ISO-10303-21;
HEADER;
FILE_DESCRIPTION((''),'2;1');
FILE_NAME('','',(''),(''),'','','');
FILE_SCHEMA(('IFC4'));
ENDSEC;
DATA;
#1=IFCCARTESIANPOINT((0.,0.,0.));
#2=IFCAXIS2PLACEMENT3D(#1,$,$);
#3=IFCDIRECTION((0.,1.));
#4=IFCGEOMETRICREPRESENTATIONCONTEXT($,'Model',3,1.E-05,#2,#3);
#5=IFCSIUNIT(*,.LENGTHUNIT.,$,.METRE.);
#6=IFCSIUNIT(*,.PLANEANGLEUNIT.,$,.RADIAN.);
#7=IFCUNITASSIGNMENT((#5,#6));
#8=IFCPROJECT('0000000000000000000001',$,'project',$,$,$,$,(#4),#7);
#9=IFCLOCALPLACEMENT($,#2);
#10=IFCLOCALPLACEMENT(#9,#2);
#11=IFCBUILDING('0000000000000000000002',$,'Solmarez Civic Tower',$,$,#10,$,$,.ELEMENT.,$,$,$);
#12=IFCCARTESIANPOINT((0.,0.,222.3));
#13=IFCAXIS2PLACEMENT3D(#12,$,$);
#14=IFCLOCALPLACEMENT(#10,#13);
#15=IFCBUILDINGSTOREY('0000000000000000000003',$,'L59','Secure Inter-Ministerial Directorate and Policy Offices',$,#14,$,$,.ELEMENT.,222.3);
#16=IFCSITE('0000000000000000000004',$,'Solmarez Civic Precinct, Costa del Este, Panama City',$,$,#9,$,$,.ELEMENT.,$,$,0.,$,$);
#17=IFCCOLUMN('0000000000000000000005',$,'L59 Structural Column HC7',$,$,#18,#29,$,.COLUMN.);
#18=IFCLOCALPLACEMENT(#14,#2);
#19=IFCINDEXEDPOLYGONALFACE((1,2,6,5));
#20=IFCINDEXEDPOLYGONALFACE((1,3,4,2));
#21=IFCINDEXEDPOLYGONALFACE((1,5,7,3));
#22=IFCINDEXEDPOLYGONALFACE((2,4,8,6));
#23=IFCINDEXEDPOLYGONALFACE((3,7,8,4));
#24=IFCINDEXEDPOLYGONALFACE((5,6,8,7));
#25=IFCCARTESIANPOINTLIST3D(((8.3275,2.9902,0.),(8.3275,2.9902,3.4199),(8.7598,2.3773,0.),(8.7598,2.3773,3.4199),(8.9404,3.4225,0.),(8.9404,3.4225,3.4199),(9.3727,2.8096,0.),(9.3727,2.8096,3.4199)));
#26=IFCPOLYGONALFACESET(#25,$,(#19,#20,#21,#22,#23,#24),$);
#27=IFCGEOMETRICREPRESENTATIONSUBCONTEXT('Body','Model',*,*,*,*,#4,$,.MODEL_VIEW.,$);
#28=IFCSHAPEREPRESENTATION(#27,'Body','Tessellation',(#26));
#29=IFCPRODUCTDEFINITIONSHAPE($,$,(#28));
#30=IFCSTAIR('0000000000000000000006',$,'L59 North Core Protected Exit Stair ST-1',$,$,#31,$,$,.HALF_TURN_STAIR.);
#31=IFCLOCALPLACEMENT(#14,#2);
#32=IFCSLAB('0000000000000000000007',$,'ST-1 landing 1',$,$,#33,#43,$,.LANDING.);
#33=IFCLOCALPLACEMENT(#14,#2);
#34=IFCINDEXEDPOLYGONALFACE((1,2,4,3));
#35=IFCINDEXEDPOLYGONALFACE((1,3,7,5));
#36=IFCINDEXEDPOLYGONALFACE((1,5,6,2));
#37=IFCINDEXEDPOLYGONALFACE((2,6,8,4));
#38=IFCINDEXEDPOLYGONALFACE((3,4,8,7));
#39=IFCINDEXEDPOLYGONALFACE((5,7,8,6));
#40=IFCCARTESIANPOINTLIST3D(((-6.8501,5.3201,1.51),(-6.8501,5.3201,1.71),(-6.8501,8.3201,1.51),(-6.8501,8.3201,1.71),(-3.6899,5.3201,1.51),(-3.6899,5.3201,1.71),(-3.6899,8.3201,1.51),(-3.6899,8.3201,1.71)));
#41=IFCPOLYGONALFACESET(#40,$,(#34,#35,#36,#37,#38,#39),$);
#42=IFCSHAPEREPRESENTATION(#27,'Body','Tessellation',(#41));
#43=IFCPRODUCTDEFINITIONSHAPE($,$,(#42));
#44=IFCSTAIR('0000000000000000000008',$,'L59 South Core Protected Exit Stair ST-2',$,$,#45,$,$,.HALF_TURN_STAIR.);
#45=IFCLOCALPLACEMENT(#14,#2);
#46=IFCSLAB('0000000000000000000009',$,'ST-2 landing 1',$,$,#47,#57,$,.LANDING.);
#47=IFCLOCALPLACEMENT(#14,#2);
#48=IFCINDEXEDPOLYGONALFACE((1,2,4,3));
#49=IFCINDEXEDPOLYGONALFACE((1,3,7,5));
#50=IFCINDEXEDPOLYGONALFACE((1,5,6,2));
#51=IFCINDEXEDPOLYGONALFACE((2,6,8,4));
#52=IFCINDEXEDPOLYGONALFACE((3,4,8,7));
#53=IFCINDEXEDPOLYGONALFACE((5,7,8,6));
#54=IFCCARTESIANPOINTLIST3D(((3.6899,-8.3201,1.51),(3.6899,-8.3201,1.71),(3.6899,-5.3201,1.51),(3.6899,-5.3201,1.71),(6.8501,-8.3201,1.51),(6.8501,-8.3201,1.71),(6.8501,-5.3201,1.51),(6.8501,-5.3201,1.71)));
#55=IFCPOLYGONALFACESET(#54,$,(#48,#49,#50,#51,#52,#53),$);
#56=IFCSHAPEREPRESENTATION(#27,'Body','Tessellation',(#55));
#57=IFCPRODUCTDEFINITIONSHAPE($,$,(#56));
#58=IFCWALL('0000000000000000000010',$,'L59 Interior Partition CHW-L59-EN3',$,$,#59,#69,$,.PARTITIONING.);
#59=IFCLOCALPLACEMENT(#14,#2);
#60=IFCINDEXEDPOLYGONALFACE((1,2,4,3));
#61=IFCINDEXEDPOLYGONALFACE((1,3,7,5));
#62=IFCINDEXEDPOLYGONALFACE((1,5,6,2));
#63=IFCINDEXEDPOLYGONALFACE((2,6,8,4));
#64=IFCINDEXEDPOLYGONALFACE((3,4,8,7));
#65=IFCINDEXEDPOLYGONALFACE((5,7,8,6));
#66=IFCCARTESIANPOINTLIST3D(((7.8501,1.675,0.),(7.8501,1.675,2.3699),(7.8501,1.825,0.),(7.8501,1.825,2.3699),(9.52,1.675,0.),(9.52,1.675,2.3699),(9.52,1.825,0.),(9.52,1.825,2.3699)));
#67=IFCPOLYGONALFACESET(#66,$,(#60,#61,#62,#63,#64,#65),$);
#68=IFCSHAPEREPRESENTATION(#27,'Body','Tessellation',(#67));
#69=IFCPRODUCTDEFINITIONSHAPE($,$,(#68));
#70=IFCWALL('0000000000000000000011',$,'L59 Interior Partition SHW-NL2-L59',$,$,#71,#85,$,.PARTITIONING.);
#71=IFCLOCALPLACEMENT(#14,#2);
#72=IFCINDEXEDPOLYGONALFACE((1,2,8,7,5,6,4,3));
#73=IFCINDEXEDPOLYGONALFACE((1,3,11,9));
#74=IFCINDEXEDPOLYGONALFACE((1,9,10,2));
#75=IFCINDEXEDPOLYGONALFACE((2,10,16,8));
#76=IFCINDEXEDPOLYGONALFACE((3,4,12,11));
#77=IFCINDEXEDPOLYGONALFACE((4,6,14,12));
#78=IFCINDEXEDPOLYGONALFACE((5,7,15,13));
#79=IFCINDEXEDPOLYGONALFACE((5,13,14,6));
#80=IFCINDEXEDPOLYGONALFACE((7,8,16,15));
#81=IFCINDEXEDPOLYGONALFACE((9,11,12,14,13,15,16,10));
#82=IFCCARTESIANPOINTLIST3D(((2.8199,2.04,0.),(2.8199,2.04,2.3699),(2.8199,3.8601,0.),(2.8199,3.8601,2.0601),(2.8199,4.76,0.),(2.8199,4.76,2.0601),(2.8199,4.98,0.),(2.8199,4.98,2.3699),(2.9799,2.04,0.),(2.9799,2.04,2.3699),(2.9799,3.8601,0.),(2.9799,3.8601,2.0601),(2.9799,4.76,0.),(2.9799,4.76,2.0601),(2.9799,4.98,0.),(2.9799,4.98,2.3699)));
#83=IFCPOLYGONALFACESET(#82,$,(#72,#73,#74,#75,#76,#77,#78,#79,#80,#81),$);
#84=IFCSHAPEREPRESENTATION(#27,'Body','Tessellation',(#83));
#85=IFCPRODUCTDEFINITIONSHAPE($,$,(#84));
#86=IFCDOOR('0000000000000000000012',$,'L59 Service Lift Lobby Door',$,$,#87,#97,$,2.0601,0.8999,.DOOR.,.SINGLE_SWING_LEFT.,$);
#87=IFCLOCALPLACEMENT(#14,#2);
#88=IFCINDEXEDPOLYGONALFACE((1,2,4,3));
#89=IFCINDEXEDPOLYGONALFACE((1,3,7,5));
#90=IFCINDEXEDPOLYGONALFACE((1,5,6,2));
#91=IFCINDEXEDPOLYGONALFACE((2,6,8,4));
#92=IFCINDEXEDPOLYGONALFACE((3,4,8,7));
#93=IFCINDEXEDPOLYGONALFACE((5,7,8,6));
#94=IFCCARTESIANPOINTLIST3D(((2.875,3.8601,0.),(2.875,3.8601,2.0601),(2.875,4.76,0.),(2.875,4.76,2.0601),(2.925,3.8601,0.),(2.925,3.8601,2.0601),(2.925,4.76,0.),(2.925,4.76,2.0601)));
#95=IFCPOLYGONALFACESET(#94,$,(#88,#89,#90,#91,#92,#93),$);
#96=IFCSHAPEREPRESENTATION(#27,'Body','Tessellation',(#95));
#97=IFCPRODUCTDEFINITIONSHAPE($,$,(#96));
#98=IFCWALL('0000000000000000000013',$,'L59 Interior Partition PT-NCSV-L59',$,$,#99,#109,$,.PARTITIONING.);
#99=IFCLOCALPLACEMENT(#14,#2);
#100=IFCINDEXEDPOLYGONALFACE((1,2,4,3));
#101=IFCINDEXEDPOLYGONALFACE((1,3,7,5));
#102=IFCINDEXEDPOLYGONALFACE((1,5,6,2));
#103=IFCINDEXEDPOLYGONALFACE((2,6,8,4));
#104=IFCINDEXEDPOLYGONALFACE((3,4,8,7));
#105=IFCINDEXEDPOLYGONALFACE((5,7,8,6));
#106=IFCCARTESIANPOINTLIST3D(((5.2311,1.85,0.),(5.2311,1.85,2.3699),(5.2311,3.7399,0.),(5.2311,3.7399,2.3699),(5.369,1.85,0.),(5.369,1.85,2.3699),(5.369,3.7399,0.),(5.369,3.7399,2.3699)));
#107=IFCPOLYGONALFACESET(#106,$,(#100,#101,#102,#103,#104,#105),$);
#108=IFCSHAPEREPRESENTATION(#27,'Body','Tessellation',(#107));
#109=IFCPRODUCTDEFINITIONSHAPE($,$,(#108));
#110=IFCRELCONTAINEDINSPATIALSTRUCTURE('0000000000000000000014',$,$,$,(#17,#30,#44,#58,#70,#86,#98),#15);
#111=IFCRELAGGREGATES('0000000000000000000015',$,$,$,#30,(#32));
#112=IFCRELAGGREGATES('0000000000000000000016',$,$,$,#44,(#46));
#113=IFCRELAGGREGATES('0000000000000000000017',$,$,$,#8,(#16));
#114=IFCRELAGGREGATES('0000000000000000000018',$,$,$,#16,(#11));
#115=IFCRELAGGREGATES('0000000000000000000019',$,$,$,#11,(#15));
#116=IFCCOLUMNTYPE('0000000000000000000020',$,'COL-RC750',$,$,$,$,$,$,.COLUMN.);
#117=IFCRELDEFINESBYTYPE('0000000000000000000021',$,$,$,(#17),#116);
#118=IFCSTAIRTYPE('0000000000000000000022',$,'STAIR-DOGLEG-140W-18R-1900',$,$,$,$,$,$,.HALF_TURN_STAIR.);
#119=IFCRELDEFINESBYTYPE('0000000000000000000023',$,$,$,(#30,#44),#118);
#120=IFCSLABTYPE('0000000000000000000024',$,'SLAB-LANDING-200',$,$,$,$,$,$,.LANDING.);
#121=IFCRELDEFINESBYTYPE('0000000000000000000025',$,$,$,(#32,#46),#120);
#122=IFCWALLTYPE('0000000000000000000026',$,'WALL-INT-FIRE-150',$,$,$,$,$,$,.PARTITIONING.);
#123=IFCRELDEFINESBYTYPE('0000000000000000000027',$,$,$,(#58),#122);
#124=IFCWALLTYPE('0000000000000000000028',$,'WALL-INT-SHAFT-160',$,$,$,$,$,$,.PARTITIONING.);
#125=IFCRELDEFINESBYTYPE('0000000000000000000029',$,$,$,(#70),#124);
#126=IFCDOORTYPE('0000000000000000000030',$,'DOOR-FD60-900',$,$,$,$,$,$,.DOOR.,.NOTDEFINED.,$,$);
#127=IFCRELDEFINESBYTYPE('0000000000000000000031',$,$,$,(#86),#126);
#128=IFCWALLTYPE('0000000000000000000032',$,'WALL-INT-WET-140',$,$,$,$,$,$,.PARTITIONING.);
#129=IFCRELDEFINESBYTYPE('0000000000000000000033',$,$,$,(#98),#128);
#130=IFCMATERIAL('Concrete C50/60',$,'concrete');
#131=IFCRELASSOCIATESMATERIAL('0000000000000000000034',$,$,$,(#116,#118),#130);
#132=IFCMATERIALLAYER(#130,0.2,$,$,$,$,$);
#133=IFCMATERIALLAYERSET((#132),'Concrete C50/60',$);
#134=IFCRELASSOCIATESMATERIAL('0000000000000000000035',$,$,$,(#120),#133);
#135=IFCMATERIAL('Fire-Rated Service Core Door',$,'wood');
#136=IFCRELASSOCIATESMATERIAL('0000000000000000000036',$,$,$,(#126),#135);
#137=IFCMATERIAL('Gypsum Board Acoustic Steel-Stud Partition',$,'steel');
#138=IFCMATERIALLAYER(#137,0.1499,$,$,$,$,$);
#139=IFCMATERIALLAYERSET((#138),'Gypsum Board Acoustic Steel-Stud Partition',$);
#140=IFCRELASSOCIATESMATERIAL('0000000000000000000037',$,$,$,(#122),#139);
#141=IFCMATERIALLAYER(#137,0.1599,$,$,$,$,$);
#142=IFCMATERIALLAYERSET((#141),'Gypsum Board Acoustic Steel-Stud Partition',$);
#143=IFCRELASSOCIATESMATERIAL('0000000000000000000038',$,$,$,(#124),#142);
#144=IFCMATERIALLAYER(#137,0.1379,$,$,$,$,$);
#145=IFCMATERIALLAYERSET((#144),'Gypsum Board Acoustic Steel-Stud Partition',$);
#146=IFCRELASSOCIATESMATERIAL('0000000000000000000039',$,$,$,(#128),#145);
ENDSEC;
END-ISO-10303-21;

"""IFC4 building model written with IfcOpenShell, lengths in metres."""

from ifc_helpers import new_model, si_unit, direction, frame, frame_2d, origin, origin_2d, place, context, subcontext, project, spatial, polyline, rectangle, outline, extrude, material, layer, layer_set, material_profile, profile_set, type_object, element, fill, aggregate, save


model = new_model("IFC4")

# Units and contexts
model_context = context("Model", 3, precision=1e-05, world=origin(), true_north=direction((0.0, 1.0)))
body_context = subcontext(model_context, "Body", "Model", "MODEL_VIEW")
ifc_project = project(units=[si_unit("LENGTHUNIT", "METRE"), si_unit("PLANEANGLEUNIT", "RADIAN")], contexts=[model_context])

# Site, building, storey
site_placement = place(None, origin())
site = spatial("IfcSite", under=ifc_project, at=site_placement, Name="Solmarez Civic Precinct, Costa del Este, Panama City", CompositionType="ELEMENT", RefElevation=0.0)
building_placement = place(site_placement, origin())
building = spatial("IfcBuilding", under=site, at=building_placement, Name="Solmarez Civic Tower", CompositionType="ELEMENT")
storey_placement = place(building_placement, frame((0.0, 0.0, 222.3)))
storey = spatial("IfcBuildingStorey", under=building, at=storey_placement, Name="L59", Description="Secure Inter-Ministerial Directorate and Policy Offices", CompositionType="ELEMENT", Elevation=222.3)

# Column
ifc_material_1 = material(Name="Concrete C50/60", Category="concrete")
ifc_material_profile = material_profile(ifc_material_1, rectangle(XDim=0.75, YDim=0.75, at=origin_2d()), Name="RC750X750")
ifc_profile_set = profile_set([ifc_material_profile], Name="Concrete C50/60")
column_type = type_object("IfcColumnType", Name="COL-RC750", PredefinedType="COLUMN", material=ifc_profile_set)
column_placement = place(storey_placement, frame((8.8501, 2.8999, 0.0), z_axis=(0.0, 0.0, 1.0), x_axis=(0.817145, 0.576432, 0.0)))
element("IfcColumn", 1, at=column_placement, inside=storey, type_object=column_type, Name="L59 Structural Column HC7", PredefinedType="COLUMN", context=body_context, shape_type="SweptSolid", body=[
    extrude(rectangle(XDim=0.75, YDim=0.75, at=origin_2d()), origin(), (0.0, 0.0, 1.0), 3.4199),
])

# Stairs, slabs
stair_type = type_object("IfcStairType", Name="STAIR-DOGLEG-140W-18R-1900", PredefinedType="HALF_TURN_STAIR", material=ifc_material_1)
stair_1_placement = place(storey_placement, origin())
stair_1 = element("IfcStair", 2, at=stair_1_placement, inside=storey, type_object=stair_type, Name="L59 North Core Protected Exit Stair ST-1", PredefinedType="HALF_TURN_STAIR")
ifc_layer_1 = layer(ifc_material_1, 0.2)
ifc_layer_set_1 = layer_set([ifc_layer_1], Name="Concrete C50/60")
slab_type = type_object("IfcSlabType", Name="SLAB-LANDING-200", PredefinedType="LANDING", material=ifc_layer_set_1)
slab_1_placement = place(storey_placement, frame((0.0, 0.0, 1.51)))
slab_1 = element("IfcSlab", 3, at=slab_1_placement, type_object=slab_type, Name="ST-1 landing 1", PredefinedType="LANDING", context=body_context, shape_type="SweptSolid", body=[
    extrude(outline(polyline([(-3.6899, 8.3201), (-6.8501, 8.3201), (-6.8501, 5.3201), (-3.6899, 5.3201), (-3.6899, 8.3201)])), origin(), (0.0, 0.0, 1.0), 0.2),
])
aggregate(stair_1, [slab_1])
stair_2_placement = place(storey_placement, origin())
stair_2 = element("IfcStair", 4, at=stair_2_placement, inside=storey, type_object=stair_type, Name="L59 South Core Protected Exit Stair ST-2", PredefinedType="HALF_TURN_STAIR")
slab_2_placement = place(storey_placement, frame((0.0, 0.0, 1.51)))
slab_2 = element("IfcSlab", 5, at=slab_2_placement, type_object=slab_type, Name="ST-2 landing 1", PredefinedType="LANDING", context=body_context, shape_type="SweptSolid", body=[
    extrude(outline(polyline([(3.6899, -8.3201), (6.8501, -8.3201), (6.8501, -5.3201), (3.6899, -5.3201), (3.6899, -8.3201)])), origin(), (0.0, 0.0, 1.0), 0.2),
])
aggregate(stair_2, [slab_2])

# Shared definitions
ifc_material_2 = material(Name="Fire-Rated Service Core Door", Category="wood")
door_type_1 = type_object("IfcDoorType", Name="DOOR-FD60-900", OperationType="NOTDEFINED", PredefinedType="DOOR", material=ifc_material_2)

# Wall
ifc_material_3 = material(Name="Gypsum Board Acoustic Steel-Stud Partition", Category="steel")
ifc_layer_2 = layer(ifc_material_3, 0.1499)
ifc_layer_set_2 = layer_set([ifc_layer_2], Name="Gypsum Board Acoustic Steel-Stud Partition")
wall_type_1 = type_object("IfcWallType", Name="WALL-INT-FIRE-150", PredefinedType="PARTITIONING", material=ifc_layer_set_2)
wall_1_placement = place(storey_placement, frame((7.8501, 1.75, 0.0), z_axis=(0.0, 0.0, 1.0), x_axis=(1.0, 0.0, 0.0)))
element("IfcWall", 6, at=wall_1_placement, inside=storey, type_object=wall_type_1, Name="L59 Interior Partition CHW-L59-EN3", PredefinedType="PARTITIONING", context=body_context, shape_type="SweptSolid", body=[
    extrude(rectangle(XDim=1.6699, YDim=0.1499, at=frame_2d((0.835, 0.0))), origin(), (0.0, 0.0, 1.0), 2.3699),
])

# Wall, opening, door
ifc_layer_3 = layer(ifc_material_3, 0.1599)
ifc_layer_set_3 = layer_set([ifc_layer_3], Name="Gypsum Board Acoustic Steel-Stud Partition")
wall_type_2 = type_object("IfcWallType", Name="WALL-INT-SHAFT-160", PredefinedType="PARTITIONING", material=ifc_layer_set_3)
wall_2_placement = place(storey_placement, frame((2.8999, 2.04, 0.0), z_axis=(0.0, 0.0, 1.0), x_axis=(0.0, 1.0, 0.0)))
wall_2 = element("IfcWall", 7, at=wall_2_placement, inside=storey, type_object=wall_type_2, Name="L59 Interior Partition SHW-NL2-L59", PredefinedType="PARTITIONING", context=body_context, shape_type="SweptSolid", body=[
    extrude(rectangle(XDim=2.9399, YDim=0.1599, at=frame_2d((1.47, 0.0))), origin(), (0.0, 0.0, 1.0), 2.3699),
])
opening_1_placement = place(wall_2_placement, frame((1.8201, 0.0, 0.0)))
opening_1 = element("IfcOpeningElement", 8, at=opening_1_placement, cuts=wall_2, PredefinedType="OPENING", context=body_context, shape_type="SweptSolid", body=[
    extrude(rectangle(XDim=0.8999, YDim=2.0601, at=frame_2d((0.45, 1.03))), frame((0.0, 0.0898, 0.0), z_axis=(0.0, -1.0, 0.0), x_axis=(1.0, 0.0, 0.0)), (0.0, 0.0, 1.0), 0.1799),
])
door_1_placement = place(opening_1_placement, origin())
door_1 = element("IfcDoor", 9, at=door_1_placement, inside=storey, type_object=door_type_1, Name="L59 Service Lift Lobby Door", OperationType="SINGLE_SWING_LEFT", OverallHeight=2.0601, OverallWidth=0.8999, PredefinedType="DOOR", context=body_context, shape_type="SweptSolid", body=[
    extrude(rectangle(XDim=0.8999, YDim=2.0601, at=frame_2d((0.45, 1.03))), frame((0.0, 0.0249, 0.0), z_axis=(0.0, -1.0, 0.0), x_axis=(1.0, 0.0, 0.0)), (0.0, 0.0, 1.0), 0.05),
])
fill(opening_1, door_1)

# Wall
ifc_layer_4 = layer(ifc_material_3, 0.1379)
ifc_layer_set_4 = layer_set([ifc_layer_4], Name="Gypsum Board Acoustic Steel-Stud Partition")
wall_type_3 = type_object("IfcWallType", Name="WALL-INT-WET-140", PredefinedType="PARTITIONING", material=ifc_layer_set_4)
wall_3_placement = place(storey_placement, frame((5.3, 1.8501, 0.0), z_axis=(0.0, 0.0, 1.0), x_axis=(0.0, 1.0, 0.0)))
element("IfcWall", 10, at=wall_3_placement, inside=storey, type_object=wall_type_3, Name="L59 Interior Partition PT-NCSV-L59", PredefinedType="PARTITIONING", context=body_context, shape_type="SweptSolid", body=[
    extrude(rectangle(XDim=1.8899, YDim=0.1379, at=frame_2d((0.9448, 0.0))), origin(), (0.0, 0.0, 1.0), 2.3699),
])

save(model, "model.ifc")
